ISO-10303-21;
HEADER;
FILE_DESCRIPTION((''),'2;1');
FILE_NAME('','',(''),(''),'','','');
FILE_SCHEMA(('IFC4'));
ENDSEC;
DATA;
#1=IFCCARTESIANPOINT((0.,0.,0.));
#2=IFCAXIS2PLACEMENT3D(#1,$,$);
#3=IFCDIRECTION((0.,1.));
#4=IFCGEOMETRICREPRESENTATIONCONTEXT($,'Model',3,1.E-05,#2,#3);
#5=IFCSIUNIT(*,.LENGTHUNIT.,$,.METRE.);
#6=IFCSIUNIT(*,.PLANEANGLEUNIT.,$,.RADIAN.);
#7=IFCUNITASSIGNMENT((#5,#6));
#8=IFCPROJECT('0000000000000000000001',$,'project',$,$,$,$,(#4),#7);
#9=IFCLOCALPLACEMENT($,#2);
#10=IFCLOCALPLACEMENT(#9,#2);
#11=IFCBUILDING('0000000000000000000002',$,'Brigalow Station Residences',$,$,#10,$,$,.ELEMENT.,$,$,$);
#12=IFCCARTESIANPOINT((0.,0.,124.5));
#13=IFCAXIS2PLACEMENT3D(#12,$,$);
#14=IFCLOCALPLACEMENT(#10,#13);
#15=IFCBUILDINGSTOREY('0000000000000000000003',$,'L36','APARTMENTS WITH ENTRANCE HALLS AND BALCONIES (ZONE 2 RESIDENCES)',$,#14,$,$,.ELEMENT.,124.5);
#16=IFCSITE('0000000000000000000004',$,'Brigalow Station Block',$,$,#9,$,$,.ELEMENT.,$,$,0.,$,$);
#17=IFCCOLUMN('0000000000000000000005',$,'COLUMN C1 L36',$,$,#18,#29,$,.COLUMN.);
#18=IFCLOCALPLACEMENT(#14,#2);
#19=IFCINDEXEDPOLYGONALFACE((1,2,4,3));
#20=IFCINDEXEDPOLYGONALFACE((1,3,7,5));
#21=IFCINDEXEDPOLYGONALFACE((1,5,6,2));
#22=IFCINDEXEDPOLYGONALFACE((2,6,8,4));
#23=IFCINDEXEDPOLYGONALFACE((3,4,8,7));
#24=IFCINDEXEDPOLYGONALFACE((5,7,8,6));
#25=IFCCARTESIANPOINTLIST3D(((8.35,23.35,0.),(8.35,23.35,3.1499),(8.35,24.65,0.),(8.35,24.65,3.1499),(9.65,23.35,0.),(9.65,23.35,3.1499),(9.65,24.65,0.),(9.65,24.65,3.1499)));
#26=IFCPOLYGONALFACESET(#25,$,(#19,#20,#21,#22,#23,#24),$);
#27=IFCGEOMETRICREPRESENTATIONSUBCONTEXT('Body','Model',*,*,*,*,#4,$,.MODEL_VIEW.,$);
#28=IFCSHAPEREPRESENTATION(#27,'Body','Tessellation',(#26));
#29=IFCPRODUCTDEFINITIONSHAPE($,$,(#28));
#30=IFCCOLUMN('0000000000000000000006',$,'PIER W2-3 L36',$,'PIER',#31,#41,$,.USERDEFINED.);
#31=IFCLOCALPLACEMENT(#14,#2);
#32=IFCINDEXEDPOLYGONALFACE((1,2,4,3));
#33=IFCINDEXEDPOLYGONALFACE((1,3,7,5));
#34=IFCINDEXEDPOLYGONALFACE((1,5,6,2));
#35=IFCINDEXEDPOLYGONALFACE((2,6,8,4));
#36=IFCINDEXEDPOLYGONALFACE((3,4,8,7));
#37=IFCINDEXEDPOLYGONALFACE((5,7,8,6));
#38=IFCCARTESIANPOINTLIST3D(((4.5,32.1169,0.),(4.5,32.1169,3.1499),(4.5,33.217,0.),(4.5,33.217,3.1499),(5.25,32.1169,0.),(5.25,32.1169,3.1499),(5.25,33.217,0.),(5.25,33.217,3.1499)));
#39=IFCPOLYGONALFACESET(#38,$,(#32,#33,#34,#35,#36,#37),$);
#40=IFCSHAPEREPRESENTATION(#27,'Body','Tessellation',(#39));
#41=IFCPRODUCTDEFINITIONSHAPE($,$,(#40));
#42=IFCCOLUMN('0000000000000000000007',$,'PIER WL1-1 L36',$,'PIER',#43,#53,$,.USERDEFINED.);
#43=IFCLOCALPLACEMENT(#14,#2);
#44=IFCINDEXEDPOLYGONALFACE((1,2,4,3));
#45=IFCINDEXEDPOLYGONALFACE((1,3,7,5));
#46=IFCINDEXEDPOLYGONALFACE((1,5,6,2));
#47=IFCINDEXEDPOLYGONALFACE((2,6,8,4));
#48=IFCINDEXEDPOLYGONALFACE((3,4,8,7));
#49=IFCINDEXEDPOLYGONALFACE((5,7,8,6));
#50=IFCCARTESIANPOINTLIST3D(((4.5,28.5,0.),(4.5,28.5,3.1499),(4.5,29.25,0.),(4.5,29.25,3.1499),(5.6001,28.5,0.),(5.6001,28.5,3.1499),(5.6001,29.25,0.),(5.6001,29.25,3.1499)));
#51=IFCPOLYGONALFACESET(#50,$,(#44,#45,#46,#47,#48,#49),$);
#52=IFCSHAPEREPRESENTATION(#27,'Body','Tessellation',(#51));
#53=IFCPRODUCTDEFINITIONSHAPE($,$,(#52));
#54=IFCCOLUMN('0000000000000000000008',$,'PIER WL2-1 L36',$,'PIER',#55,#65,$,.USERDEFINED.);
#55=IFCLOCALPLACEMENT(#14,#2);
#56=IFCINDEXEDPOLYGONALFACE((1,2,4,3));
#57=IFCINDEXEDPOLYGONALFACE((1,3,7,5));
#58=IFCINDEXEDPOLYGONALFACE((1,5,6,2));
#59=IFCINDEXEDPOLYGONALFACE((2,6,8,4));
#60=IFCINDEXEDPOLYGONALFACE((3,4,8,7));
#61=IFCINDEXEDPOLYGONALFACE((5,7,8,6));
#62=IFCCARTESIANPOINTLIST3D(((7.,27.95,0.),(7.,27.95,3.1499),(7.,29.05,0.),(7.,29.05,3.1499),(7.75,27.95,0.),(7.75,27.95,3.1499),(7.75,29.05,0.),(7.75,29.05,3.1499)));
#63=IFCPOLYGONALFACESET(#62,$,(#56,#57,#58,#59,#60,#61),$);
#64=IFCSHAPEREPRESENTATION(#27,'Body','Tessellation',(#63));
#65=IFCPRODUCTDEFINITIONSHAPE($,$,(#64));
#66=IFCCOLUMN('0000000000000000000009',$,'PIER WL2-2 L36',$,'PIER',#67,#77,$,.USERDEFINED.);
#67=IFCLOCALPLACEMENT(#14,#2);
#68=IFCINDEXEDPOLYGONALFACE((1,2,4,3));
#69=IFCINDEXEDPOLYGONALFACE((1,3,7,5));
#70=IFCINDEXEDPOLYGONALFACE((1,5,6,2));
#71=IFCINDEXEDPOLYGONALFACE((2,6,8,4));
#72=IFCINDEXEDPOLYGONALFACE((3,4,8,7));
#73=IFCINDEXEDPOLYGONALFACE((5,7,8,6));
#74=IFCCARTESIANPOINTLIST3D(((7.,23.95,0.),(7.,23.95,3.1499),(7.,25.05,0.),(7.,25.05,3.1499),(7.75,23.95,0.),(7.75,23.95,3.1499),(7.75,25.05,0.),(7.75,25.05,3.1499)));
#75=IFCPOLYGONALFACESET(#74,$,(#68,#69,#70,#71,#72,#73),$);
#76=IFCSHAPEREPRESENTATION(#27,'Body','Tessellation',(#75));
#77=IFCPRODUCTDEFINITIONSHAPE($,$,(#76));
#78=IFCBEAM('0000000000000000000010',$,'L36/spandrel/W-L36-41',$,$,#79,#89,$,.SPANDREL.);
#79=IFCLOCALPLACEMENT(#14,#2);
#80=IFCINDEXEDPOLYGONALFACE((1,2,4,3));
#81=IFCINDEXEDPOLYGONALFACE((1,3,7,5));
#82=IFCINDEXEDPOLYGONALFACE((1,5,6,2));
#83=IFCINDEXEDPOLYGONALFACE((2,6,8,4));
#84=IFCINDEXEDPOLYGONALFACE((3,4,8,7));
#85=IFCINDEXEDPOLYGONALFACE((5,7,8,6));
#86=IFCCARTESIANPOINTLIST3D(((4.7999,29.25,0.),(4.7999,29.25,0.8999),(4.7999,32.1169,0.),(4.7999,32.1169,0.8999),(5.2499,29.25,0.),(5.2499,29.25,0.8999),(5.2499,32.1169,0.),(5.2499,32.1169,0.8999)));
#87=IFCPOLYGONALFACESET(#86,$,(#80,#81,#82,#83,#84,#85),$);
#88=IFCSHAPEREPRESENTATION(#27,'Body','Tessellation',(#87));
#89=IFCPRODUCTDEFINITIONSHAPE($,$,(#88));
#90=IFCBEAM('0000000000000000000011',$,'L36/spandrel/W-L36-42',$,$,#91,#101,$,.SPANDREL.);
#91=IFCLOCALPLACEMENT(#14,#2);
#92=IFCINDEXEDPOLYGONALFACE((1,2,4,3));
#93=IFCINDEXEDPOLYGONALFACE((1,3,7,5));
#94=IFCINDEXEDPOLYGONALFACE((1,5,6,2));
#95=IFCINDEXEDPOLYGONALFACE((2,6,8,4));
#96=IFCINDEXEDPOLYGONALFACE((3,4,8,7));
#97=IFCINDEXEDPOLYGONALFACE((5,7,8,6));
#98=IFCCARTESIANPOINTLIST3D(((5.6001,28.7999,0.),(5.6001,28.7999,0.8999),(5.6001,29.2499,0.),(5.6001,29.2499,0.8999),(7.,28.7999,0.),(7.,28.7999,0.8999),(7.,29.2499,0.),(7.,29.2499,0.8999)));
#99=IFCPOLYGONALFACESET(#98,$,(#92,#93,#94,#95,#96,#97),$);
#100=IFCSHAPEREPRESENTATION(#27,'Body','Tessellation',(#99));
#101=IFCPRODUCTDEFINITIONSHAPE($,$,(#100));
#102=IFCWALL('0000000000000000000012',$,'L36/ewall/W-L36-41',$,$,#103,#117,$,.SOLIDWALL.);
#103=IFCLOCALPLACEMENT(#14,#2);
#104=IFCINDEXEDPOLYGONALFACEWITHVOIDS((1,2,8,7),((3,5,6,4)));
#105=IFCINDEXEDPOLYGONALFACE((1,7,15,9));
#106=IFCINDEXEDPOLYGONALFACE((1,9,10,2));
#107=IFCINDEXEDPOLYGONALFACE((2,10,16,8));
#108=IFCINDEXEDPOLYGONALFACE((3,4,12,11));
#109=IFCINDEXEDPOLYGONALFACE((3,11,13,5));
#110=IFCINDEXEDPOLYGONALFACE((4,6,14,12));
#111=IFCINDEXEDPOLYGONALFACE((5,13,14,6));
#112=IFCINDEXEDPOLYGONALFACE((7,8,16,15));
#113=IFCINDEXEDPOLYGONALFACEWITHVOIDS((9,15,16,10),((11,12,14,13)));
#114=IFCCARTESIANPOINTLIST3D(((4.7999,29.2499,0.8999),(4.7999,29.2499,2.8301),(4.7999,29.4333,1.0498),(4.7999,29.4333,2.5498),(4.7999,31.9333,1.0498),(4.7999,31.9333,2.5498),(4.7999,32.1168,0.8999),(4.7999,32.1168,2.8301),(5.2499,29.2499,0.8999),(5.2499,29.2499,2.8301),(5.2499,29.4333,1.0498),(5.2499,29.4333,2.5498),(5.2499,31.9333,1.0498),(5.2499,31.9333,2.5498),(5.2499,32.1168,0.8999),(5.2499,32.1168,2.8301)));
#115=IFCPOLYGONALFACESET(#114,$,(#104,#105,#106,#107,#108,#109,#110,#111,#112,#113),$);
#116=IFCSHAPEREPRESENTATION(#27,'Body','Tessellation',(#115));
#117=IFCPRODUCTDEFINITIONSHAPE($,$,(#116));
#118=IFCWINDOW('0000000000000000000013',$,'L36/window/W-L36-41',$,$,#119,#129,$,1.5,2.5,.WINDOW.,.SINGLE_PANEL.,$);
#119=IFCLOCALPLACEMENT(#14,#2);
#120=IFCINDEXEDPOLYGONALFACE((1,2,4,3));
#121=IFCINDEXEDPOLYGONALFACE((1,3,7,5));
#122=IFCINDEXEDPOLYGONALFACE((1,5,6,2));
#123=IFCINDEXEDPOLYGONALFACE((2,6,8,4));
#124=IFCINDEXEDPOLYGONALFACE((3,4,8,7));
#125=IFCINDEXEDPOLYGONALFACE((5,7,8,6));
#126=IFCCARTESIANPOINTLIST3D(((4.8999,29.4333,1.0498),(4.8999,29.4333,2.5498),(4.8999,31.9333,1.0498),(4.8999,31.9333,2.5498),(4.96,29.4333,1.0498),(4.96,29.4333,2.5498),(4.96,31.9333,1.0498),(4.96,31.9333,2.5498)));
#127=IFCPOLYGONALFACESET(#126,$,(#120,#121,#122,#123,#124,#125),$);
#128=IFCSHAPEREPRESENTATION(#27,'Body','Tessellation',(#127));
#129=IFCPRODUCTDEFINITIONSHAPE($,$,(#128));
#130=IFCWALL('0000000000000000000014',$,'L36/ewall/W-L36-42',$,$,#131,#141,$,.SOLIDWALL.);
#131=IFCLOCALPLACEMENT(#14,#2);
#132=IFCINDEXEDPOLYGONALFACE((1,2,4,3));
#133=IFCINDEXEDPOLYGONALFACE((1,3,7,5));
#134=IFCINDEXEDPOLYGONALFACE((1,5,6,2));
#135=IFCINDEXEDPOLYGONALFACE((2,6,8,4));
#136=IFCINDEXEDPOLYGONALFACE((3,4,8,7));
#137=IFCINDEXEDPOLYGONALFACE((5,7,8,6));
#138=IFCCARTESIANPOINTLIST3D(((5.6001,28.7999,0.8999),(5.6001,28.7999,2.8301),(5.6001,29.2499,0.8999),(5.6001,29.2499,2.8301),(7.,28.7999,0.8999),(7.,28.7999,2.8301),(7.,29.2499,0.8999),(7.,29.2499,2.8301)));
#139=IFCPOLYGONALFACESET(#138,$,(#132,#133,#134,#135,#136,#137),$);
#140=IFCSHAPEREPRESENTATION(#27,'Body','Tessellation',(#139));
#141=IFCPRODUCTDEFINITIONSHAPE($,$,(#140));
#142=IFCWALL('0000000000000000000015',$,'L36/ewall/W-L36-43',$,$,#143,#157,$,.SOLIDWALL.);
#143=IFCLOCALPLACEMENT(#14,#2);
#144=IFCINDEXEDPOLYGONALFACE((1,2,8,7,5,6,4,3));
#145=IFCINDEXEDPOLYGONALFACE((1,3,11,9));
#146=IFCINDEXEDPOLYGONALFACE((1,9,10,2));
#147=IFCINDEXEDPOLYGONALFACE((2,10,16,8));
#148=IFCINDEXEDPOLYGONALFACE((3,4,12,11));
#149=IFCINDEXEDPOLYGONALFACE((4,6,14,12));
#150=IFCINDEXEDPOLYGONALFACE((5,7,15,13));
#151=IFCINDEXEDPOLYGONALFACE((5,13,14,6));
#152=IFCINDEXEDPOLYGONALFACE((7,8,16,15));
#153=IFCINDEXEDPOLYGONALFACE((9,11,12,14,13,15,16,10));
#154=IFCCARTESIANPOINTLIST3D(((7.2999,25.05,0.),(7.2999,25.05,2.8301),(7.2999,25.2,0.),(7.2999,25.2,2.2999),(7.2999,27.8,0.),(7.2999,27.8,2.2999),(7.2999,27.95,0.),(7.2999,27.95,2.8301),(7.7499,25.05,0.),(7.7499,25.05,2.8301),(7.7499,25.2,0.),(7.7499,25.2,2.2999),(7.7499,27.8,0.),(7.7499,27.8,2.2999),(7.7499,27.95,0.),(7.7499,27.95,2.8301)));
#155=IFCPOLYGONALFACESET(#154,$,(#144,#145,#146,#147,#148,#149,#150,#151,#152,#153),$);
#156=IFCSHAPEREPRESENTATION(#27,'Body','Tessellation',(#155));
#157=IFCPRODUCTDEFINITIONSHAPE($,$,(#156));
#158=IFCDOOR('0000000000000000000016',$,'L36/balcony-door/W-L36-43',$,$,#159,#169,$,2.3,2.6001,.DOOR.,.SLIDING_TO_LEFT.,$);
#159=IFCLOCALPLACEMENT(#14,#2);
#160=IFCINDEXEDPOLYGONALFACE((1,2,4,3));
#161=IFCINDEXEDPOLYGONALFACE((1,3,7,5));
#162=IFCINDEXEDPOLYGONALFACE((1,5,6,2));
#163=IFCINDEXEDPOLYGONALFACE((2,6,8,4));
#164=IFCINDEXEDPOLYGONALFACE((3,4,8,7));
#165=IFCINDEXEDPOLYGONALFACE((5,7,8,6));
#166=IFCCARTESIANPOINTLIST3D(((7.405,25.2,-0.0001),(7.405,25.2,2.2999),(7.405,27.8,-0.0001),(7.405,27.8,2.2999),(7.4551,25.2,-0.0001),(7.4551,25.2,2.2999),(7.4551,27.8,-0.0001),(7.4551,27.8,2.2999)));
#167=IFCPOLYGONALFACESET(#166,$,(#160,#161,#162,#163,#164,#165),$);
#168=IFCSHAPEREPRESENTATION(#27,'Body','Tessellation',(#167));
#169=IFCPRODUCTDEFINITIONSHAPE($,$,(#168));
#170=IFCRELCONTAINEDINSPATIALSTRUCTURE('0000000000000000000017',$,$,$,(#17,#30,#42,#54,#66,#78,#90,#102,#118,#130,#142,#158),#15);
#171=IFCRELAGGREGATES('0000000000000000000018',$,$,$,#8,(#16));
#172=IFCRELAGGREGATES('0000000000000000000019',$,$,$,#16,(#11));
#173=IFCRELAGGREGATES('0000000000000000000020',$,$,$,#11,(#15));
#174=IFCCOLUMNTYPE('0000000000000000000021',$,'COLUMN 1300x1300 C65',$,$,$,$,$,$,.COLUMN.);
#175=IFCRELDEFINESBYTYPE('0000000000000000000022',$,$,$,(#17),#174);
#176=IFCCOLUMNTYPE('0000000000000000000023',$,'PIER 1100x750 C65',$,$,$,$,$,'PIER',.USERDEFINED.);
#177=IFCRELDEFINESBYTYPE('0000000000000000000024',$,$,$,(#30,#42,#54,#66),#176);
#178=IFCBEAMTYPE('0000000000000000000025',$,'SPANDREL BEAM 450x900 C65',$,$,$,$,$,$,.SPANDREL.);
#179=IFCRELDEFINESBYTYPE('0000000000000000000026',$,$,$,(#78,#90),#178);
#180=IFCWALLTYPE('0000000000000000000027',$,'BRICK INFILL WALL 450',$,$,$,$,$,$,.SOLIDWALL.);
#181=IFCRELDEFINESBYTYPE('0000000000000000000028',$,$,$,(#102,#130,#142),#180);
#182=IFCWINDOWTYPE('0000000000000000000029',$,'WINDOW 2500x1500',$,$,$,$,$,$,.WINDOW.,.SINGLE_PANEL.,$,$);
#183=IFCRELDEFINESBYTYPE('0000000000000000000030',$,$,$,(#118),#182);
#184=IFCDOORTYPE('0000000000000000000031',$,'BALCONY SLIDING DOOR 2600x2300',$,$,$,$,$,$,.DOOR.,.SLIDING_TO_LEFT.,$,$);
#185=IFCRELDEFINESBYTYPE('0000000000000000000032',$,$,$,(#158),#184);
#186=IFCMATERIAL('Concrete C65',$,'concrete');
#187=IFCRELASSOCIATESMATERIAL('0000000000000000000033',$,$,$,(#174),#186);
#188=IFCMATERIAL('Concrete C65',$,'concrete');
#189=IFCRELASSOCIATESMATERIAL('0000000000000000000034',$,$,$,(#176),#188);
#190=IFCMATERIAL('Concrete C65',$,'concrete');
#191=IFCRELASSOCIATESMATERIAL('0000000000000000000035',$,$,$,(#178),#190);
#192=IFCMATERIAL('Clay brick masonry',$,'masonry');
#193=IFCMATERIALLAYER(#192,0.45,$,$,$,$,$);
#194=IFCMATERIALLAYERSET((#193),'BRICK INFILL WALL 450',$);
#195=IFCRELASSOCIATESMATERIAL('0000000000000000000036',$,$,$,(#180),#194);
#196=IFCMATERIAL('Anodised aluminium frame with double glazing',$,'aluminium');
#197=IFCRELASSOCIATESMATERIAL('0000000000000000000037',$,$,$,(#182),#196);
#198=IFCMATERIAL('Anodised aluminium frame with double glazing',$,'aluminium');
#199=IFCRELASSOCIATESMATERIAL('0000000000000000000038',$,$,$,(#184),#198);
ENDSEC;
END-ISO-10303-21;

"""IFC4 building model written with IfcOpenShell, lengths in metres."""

from ifc_helpers import new_model, si_unit, direction, frame, frame_2d, origin, origin_2d, place, context, subcontext, project, spatial, rectangle, extrude, material, layer, layer_set, material_profile, profile_set, type_object, element, fill, save


model = new_model("IFC4")

# Units and contexts
model_context = context("Model", 3, precision=1e-05, world=origin(), true_north=direction((0.0, 1.0)))
body_context = subcontext(model_context, "Body", "Model", "MODEL_VIEW")
ifc_project = project(units=[si_unit("LENGTHUNIT", "METRE"), si_unit("PLANEANGLEUNIT", "RADIAN")], contexts=[model_context])

# Site, building, storey
site_placement = place(None, origin())
site = spatial("IfcSite", under=ifc_project, at=site_placement, Name="Brigalow Station Block", CompositionType="ELEMENT", RefElevation=0.0)
building_placement = place(site_placement, origin())
building = spatial("IfcBuilding", under=site, at=building_placement, Name="Brigalow Station Residences", CompositionType="ELEMENT")
storey_placement = place(building_placement, frame((0.0, 0.0, 124.5)))
storey = spatial("IfcBuildingStorey", under=building, at=storey_placement, Name="L36", Description="APARTMENTS WITH ENTRANCE HALLS AND BALCONIES (ZONE 2 RESIDENCES)", CompositionType="ELEMENT", Elevation=124.5)

# Columns
ifc_material_1 = material(Name="Concrete C65", Category="concrete")
ifc_material_profile_1 = material_profile(ifc_material_1, rectangle(XDim=1.3, YDim=1.3, at=origin_2d()), Name="RC1300x1300")
ifc_profile_set_1 = profile_set([ifc_material_profile_1], Name="Concrete C65")
column_type_1 = type_object("IfcColumnType", Name="COLUMN 1300x1300 C65", PredefinedType="COLUMN", material=ifc_profile_set_1)
column_placement = place(storey_placement, frame((9.0, 24.0, 0.0), z_axis=(0.0, 0.0, 1.0), x_axis=(1.0, 0.0, 0.0)))
element("IfcColumn", 1, at=column_placement, inside=storey, type_object=column_type_1, Name="COLUMN C1 L36", PredefinedType="COLUMN", context=body_context, shape_type="SweptSolid", body=[
    extrude(rectangle(XDim=1.3, YDim=1.3, at=origin_2d()), origin(), (0.0, 0.0, 1.0), 3.1499),
])
ifc_material_2 = material(Name="Concrete C65", Category="concrete")
ifc_material_profile_2 = material_profile(ifc_material_2, rectangle(XDim=1.1001, YDim=0.75, at=origin_2d()), Name="RC1100x750")
ifc_profile_set_2 = profile_set([ifc_material_profile_2], Name="Concrete C65")
column_type_2 = type_object("IfcColumnType", Name="PIER 1100x750 C65", ElementType="PIER", PredefinedType="USERDEFINED", material=ifc_profile_set_2)
for number, where, z_axis, x_axis, name in (
    (2, (4.875, 32.667, 0.0), (0.0, 0.0, 1.0), (0.0, -1.0, 0.0), "PIER W2-3 L36"),
    (3, (5.05, 28.875, 0.0), (0.0, 0.0, 1.0), (1.0, 0.0, 0.0), "PIER WL1-1 L36"),
    (4, (7.375, 28.5, 0.0), (0.0, 0.0, 1.0), (0.0, -1.0, 0.0), "PIER WL2-1 L36"),
    (5, (7.375, 24.5, 0.0), (0.0, 0.0, 1.0), (0.0, -1.0, 0.0), "PIER WL2-2 L36"),
):
    element("IfcColumn", number, at=place(storey_placement, frame(where, z_axis=z_axis, x_axis=x_axis)), inside=storey, type_object=column_type_2, Name=name, ObjectType="PIER", PredefinedType="USERDEFINED", context=body_context, shape_type="SweptSolid", body=[
        extrude(rectangle(XDim=1.1001, YDim=0.75, at=origin_2d()), origin(), (0.0, 0.0, 1.0), 3.1499),
    ])

# Beams
ifc_material_3 = material(Name="Concrete C65", Category="concrete")
ifc_material_profile_3 = material_profile(ifc_material_3, rectangle(XDim=0.45, YDim=0.8999, at=origin_2d()), Name="RC450x900")
ifc_profile_set_3 = profile_set([ifc_material_profile_3], Name="Concrete C65")
beam_type = type_object("IfcBeamType", Name="SPANDREL BEAM 450x900 C65", PredefinedType="SPANDREL", material=ifc_profile_set_3)
beam_1_placement = place(storey_placement, frame((5.0249, 32.1169, 0.45), z_axis=(0.0, -1.0, 0.0), x_axis=(1.0, 0.0, 0.0)))
element("IfcBeam", 6, at=beam_1_placement, inside=storey, type_object=beam_type, Name="L36/spandrel/W-L36-41", PredefinedType="SPANDREL", context=body_context, shape_type="SweptSolid", body=[
    extrude(rectangle(XDim=0.45, YDim=0.8999, at=origin_2d()), origin(), (0.0, 0.0, 1.0), 2.8669),
])
beam_2_placement = place(storey_placement, frame((5.6001, 29.0249, 0.45), z_axis=(1.0, 0.0, 0.0), x_axis=(0.0, 1.0, 0.0)))
element("IfcBeam", 7, at=beam_2_placement, inside=storey, type_object=beam_type, Name="L36/spandrel/W-L36-42", PredefinedType="SPANDREL", context=body_context, shape_type="SweptSolid", body=[
    extrude(rectangle(XDim=0.45, YDim=0.8999, at=origin_2d()), origin(), (0.0, 0.0, 1.0), 1.3999),
])

# Wall, opening, window
ifc_material_4 = material(Name="Clay brick masonry", Category="masonry")
ifc_layer_1 = layer(ifc_material_4, 0.45)
ifc_layer_set_1 = layer_set([ifc_layer_1], Name="BRICK INFILL WALL 450")
wall_type_1 = type_object("IfcWallType", Name="BRICK INFILL WALL 450", PredefinedType="SOLIDWALL", material=ifc_layer_set_1)
wall_1_placement = place(storey_placement, frame((5.0249, 32.1169, 0.8999), z_axis=(0.0, 0.0, 1.0), x_axis=(0.0, -1.0, 0.0)))
wall_1 = element("IfcWall", 8, at=wall_1_placement, inside=storey, type_object=wall_type_1, Name="L36/ewall/W-L36-41", PredefinedType="SOLIDWALL", context=body_context, shape_type="SweptSolid", body=[
    extrude(rectangle(XDim=2.8669, YDim=0.45, at=frame_2d((1.4336, 0.0))), origin(), (0.0, 0.0, 1.0), 1.9302),
])
opening_1_placement = place(wall_1_placement, frame((0.1836, 0.0, 0.1499)))
opening_1 = element("IfcOpeningElement", 9, at=opening_1_placement, cuts=wall_1, PredefinedType="OPENING", context=body_context, shape_type="SweptSolid", body=[
    extrude(rectangle(XDim=2.5, YDim=1.5, at=frame_2d((1.25, 0.75))), frame((0.0, 0.2349, 0.0), z_axis=(0.0, -1.0, 0.0), x_axis=(1.0, 0.0, 0.0)), (0.0, 0.0, 1.0), 0.47),
])
ifc_material_5 = material(Name="Anodised aluminium frame with double glazing", Category="aluminium")
window_type = type_object("IfcWindowType", Name="WINDOW 2500x1500", PartitioningType="SINGLE_PANEL", PredefinedType="WINDOW", material=ifc_material_5)
window_placement = place(opening_1_placement, origin())
window = element("IfcWindow", 10, at=window_placement, inside=storey, type_object=window_type, Name="L36/window/W-L36-41", OverallHeight=1.5, OverallWidth=2.5, PartitioningType="SINGLE_PANEL", PredefinedType="WINDOW", context=body_context, shape_type="SweptSolid", body=[
    extrude(rectangle(XDim=2.5, YDim=1.5, at=frame_2d((1.25, 0.75))), frame((0.0, -0.0649, 0.0), z_axis=(0.0, -1.0, 0.0), x_axis=(1.0, 0.0, 0.0)), (0.0, 0.0, 1.0), 0.0601),
])
fill(opening_1, window)

# Wall
wall_2_placement = place(storey_placement, frame((5.6001, 29.0249, 0.8999), z_axis=(0.0, 0.0, 1.0), x_axis=(1.0, 0.0, 0.0)))
element("IfcWall", 11, at=wall_2_placement, inside=storey, type_object=wall_type_1, Name="L36/ewall/W-L36-42", PredefinedType="SOLIDWALL", context=body_context, shape_type="SweptSolid", body=[
    extrude(rectangle(XDim=1.3999, YDim=0.45, at=frame_2d((0.7, 0.0))), origin(), (0.0, 0.0, 1.0), 1.9302),
])

# Wall, opening, door
wall_3_placement = place(storey_placement, frame((7.5249, 27.95, 0.0), z_axis=(0.0, 0.0, 1.0), x_axis=(0.0, -1.0, 0.0)))
wall_3 = element("IfcWall", 12, at=wall_3_placement, inside=storey, type_object=wall_type_1, Name="L36/ewall/W-L36-43", PredefinedType="SOLIDWALL", context=body_context, shape_type="SweptSolid", body=[
    extrude(rectangle(XDim=2.8999, YDim=0.45, at=frame_2d((1.45, 0.0))), origin(), (0.0, 0.0, 1.0), 2.8301),
])
opening_2_placement = place(wall_3_placement, frame((0.1499, 0.0, 0.0)))
opening_2 = element("IfcOpeningElement", 13, at=opening_2_placement, cuts=wall_3, PredefinedType="OPENING", context=body_context, shape_type="SweptSolid", body=[
    extrude(rectangle(XDim=2.6001, YDim=2.3, at=frame_2d((1.3, 1.1499))), frame((0.0, 0.2349, 0.0), z_axis=(0.0, -1.0, 0.0), x_axis=(1.0, 0.0, 0.0)), (0.0, 0.0, 1.0), 0.47),
])
ifc_material_6 = material(Name="Anodised aluminium frame with double glazing", Category="aluminium")
door_type_1 = type_object("IfcDoorType", Name="BALCONY SLIDING DOOR 2600x2300", OperationType="SLIDING_TO_LEFT", PredefinedType="DOOR", material=ifc_material_6)
door_1_placement = place(opening_2_placement, origin())
door_1 = element("IfcDoor", 14, at=door_1_placement, inside=storey, type_object=door_type_1, Name="L36/balcony-door/W-L36-43", OperationType="SLIDING_TO_LEFT", OverallHeight=2.3, OverallWidth=2.6001, PredefinedType="DOOR", context=body_context, shape_type="SweptSolid", body=[
    extrude(rectangle(XDim=2.6001, YDim=2.3, at=frame_2d((1.3, 1.1499))), frame((0.0, -0.0698, 0.0), z_axis=(0.0, -1.0, 0.0), x_axis=(1.0, 0.0, 0.0)), (0.0, 0.0, 1.0), 0.05),
])
fill(opening_2, door_1)

save(model, "model.ifc")
